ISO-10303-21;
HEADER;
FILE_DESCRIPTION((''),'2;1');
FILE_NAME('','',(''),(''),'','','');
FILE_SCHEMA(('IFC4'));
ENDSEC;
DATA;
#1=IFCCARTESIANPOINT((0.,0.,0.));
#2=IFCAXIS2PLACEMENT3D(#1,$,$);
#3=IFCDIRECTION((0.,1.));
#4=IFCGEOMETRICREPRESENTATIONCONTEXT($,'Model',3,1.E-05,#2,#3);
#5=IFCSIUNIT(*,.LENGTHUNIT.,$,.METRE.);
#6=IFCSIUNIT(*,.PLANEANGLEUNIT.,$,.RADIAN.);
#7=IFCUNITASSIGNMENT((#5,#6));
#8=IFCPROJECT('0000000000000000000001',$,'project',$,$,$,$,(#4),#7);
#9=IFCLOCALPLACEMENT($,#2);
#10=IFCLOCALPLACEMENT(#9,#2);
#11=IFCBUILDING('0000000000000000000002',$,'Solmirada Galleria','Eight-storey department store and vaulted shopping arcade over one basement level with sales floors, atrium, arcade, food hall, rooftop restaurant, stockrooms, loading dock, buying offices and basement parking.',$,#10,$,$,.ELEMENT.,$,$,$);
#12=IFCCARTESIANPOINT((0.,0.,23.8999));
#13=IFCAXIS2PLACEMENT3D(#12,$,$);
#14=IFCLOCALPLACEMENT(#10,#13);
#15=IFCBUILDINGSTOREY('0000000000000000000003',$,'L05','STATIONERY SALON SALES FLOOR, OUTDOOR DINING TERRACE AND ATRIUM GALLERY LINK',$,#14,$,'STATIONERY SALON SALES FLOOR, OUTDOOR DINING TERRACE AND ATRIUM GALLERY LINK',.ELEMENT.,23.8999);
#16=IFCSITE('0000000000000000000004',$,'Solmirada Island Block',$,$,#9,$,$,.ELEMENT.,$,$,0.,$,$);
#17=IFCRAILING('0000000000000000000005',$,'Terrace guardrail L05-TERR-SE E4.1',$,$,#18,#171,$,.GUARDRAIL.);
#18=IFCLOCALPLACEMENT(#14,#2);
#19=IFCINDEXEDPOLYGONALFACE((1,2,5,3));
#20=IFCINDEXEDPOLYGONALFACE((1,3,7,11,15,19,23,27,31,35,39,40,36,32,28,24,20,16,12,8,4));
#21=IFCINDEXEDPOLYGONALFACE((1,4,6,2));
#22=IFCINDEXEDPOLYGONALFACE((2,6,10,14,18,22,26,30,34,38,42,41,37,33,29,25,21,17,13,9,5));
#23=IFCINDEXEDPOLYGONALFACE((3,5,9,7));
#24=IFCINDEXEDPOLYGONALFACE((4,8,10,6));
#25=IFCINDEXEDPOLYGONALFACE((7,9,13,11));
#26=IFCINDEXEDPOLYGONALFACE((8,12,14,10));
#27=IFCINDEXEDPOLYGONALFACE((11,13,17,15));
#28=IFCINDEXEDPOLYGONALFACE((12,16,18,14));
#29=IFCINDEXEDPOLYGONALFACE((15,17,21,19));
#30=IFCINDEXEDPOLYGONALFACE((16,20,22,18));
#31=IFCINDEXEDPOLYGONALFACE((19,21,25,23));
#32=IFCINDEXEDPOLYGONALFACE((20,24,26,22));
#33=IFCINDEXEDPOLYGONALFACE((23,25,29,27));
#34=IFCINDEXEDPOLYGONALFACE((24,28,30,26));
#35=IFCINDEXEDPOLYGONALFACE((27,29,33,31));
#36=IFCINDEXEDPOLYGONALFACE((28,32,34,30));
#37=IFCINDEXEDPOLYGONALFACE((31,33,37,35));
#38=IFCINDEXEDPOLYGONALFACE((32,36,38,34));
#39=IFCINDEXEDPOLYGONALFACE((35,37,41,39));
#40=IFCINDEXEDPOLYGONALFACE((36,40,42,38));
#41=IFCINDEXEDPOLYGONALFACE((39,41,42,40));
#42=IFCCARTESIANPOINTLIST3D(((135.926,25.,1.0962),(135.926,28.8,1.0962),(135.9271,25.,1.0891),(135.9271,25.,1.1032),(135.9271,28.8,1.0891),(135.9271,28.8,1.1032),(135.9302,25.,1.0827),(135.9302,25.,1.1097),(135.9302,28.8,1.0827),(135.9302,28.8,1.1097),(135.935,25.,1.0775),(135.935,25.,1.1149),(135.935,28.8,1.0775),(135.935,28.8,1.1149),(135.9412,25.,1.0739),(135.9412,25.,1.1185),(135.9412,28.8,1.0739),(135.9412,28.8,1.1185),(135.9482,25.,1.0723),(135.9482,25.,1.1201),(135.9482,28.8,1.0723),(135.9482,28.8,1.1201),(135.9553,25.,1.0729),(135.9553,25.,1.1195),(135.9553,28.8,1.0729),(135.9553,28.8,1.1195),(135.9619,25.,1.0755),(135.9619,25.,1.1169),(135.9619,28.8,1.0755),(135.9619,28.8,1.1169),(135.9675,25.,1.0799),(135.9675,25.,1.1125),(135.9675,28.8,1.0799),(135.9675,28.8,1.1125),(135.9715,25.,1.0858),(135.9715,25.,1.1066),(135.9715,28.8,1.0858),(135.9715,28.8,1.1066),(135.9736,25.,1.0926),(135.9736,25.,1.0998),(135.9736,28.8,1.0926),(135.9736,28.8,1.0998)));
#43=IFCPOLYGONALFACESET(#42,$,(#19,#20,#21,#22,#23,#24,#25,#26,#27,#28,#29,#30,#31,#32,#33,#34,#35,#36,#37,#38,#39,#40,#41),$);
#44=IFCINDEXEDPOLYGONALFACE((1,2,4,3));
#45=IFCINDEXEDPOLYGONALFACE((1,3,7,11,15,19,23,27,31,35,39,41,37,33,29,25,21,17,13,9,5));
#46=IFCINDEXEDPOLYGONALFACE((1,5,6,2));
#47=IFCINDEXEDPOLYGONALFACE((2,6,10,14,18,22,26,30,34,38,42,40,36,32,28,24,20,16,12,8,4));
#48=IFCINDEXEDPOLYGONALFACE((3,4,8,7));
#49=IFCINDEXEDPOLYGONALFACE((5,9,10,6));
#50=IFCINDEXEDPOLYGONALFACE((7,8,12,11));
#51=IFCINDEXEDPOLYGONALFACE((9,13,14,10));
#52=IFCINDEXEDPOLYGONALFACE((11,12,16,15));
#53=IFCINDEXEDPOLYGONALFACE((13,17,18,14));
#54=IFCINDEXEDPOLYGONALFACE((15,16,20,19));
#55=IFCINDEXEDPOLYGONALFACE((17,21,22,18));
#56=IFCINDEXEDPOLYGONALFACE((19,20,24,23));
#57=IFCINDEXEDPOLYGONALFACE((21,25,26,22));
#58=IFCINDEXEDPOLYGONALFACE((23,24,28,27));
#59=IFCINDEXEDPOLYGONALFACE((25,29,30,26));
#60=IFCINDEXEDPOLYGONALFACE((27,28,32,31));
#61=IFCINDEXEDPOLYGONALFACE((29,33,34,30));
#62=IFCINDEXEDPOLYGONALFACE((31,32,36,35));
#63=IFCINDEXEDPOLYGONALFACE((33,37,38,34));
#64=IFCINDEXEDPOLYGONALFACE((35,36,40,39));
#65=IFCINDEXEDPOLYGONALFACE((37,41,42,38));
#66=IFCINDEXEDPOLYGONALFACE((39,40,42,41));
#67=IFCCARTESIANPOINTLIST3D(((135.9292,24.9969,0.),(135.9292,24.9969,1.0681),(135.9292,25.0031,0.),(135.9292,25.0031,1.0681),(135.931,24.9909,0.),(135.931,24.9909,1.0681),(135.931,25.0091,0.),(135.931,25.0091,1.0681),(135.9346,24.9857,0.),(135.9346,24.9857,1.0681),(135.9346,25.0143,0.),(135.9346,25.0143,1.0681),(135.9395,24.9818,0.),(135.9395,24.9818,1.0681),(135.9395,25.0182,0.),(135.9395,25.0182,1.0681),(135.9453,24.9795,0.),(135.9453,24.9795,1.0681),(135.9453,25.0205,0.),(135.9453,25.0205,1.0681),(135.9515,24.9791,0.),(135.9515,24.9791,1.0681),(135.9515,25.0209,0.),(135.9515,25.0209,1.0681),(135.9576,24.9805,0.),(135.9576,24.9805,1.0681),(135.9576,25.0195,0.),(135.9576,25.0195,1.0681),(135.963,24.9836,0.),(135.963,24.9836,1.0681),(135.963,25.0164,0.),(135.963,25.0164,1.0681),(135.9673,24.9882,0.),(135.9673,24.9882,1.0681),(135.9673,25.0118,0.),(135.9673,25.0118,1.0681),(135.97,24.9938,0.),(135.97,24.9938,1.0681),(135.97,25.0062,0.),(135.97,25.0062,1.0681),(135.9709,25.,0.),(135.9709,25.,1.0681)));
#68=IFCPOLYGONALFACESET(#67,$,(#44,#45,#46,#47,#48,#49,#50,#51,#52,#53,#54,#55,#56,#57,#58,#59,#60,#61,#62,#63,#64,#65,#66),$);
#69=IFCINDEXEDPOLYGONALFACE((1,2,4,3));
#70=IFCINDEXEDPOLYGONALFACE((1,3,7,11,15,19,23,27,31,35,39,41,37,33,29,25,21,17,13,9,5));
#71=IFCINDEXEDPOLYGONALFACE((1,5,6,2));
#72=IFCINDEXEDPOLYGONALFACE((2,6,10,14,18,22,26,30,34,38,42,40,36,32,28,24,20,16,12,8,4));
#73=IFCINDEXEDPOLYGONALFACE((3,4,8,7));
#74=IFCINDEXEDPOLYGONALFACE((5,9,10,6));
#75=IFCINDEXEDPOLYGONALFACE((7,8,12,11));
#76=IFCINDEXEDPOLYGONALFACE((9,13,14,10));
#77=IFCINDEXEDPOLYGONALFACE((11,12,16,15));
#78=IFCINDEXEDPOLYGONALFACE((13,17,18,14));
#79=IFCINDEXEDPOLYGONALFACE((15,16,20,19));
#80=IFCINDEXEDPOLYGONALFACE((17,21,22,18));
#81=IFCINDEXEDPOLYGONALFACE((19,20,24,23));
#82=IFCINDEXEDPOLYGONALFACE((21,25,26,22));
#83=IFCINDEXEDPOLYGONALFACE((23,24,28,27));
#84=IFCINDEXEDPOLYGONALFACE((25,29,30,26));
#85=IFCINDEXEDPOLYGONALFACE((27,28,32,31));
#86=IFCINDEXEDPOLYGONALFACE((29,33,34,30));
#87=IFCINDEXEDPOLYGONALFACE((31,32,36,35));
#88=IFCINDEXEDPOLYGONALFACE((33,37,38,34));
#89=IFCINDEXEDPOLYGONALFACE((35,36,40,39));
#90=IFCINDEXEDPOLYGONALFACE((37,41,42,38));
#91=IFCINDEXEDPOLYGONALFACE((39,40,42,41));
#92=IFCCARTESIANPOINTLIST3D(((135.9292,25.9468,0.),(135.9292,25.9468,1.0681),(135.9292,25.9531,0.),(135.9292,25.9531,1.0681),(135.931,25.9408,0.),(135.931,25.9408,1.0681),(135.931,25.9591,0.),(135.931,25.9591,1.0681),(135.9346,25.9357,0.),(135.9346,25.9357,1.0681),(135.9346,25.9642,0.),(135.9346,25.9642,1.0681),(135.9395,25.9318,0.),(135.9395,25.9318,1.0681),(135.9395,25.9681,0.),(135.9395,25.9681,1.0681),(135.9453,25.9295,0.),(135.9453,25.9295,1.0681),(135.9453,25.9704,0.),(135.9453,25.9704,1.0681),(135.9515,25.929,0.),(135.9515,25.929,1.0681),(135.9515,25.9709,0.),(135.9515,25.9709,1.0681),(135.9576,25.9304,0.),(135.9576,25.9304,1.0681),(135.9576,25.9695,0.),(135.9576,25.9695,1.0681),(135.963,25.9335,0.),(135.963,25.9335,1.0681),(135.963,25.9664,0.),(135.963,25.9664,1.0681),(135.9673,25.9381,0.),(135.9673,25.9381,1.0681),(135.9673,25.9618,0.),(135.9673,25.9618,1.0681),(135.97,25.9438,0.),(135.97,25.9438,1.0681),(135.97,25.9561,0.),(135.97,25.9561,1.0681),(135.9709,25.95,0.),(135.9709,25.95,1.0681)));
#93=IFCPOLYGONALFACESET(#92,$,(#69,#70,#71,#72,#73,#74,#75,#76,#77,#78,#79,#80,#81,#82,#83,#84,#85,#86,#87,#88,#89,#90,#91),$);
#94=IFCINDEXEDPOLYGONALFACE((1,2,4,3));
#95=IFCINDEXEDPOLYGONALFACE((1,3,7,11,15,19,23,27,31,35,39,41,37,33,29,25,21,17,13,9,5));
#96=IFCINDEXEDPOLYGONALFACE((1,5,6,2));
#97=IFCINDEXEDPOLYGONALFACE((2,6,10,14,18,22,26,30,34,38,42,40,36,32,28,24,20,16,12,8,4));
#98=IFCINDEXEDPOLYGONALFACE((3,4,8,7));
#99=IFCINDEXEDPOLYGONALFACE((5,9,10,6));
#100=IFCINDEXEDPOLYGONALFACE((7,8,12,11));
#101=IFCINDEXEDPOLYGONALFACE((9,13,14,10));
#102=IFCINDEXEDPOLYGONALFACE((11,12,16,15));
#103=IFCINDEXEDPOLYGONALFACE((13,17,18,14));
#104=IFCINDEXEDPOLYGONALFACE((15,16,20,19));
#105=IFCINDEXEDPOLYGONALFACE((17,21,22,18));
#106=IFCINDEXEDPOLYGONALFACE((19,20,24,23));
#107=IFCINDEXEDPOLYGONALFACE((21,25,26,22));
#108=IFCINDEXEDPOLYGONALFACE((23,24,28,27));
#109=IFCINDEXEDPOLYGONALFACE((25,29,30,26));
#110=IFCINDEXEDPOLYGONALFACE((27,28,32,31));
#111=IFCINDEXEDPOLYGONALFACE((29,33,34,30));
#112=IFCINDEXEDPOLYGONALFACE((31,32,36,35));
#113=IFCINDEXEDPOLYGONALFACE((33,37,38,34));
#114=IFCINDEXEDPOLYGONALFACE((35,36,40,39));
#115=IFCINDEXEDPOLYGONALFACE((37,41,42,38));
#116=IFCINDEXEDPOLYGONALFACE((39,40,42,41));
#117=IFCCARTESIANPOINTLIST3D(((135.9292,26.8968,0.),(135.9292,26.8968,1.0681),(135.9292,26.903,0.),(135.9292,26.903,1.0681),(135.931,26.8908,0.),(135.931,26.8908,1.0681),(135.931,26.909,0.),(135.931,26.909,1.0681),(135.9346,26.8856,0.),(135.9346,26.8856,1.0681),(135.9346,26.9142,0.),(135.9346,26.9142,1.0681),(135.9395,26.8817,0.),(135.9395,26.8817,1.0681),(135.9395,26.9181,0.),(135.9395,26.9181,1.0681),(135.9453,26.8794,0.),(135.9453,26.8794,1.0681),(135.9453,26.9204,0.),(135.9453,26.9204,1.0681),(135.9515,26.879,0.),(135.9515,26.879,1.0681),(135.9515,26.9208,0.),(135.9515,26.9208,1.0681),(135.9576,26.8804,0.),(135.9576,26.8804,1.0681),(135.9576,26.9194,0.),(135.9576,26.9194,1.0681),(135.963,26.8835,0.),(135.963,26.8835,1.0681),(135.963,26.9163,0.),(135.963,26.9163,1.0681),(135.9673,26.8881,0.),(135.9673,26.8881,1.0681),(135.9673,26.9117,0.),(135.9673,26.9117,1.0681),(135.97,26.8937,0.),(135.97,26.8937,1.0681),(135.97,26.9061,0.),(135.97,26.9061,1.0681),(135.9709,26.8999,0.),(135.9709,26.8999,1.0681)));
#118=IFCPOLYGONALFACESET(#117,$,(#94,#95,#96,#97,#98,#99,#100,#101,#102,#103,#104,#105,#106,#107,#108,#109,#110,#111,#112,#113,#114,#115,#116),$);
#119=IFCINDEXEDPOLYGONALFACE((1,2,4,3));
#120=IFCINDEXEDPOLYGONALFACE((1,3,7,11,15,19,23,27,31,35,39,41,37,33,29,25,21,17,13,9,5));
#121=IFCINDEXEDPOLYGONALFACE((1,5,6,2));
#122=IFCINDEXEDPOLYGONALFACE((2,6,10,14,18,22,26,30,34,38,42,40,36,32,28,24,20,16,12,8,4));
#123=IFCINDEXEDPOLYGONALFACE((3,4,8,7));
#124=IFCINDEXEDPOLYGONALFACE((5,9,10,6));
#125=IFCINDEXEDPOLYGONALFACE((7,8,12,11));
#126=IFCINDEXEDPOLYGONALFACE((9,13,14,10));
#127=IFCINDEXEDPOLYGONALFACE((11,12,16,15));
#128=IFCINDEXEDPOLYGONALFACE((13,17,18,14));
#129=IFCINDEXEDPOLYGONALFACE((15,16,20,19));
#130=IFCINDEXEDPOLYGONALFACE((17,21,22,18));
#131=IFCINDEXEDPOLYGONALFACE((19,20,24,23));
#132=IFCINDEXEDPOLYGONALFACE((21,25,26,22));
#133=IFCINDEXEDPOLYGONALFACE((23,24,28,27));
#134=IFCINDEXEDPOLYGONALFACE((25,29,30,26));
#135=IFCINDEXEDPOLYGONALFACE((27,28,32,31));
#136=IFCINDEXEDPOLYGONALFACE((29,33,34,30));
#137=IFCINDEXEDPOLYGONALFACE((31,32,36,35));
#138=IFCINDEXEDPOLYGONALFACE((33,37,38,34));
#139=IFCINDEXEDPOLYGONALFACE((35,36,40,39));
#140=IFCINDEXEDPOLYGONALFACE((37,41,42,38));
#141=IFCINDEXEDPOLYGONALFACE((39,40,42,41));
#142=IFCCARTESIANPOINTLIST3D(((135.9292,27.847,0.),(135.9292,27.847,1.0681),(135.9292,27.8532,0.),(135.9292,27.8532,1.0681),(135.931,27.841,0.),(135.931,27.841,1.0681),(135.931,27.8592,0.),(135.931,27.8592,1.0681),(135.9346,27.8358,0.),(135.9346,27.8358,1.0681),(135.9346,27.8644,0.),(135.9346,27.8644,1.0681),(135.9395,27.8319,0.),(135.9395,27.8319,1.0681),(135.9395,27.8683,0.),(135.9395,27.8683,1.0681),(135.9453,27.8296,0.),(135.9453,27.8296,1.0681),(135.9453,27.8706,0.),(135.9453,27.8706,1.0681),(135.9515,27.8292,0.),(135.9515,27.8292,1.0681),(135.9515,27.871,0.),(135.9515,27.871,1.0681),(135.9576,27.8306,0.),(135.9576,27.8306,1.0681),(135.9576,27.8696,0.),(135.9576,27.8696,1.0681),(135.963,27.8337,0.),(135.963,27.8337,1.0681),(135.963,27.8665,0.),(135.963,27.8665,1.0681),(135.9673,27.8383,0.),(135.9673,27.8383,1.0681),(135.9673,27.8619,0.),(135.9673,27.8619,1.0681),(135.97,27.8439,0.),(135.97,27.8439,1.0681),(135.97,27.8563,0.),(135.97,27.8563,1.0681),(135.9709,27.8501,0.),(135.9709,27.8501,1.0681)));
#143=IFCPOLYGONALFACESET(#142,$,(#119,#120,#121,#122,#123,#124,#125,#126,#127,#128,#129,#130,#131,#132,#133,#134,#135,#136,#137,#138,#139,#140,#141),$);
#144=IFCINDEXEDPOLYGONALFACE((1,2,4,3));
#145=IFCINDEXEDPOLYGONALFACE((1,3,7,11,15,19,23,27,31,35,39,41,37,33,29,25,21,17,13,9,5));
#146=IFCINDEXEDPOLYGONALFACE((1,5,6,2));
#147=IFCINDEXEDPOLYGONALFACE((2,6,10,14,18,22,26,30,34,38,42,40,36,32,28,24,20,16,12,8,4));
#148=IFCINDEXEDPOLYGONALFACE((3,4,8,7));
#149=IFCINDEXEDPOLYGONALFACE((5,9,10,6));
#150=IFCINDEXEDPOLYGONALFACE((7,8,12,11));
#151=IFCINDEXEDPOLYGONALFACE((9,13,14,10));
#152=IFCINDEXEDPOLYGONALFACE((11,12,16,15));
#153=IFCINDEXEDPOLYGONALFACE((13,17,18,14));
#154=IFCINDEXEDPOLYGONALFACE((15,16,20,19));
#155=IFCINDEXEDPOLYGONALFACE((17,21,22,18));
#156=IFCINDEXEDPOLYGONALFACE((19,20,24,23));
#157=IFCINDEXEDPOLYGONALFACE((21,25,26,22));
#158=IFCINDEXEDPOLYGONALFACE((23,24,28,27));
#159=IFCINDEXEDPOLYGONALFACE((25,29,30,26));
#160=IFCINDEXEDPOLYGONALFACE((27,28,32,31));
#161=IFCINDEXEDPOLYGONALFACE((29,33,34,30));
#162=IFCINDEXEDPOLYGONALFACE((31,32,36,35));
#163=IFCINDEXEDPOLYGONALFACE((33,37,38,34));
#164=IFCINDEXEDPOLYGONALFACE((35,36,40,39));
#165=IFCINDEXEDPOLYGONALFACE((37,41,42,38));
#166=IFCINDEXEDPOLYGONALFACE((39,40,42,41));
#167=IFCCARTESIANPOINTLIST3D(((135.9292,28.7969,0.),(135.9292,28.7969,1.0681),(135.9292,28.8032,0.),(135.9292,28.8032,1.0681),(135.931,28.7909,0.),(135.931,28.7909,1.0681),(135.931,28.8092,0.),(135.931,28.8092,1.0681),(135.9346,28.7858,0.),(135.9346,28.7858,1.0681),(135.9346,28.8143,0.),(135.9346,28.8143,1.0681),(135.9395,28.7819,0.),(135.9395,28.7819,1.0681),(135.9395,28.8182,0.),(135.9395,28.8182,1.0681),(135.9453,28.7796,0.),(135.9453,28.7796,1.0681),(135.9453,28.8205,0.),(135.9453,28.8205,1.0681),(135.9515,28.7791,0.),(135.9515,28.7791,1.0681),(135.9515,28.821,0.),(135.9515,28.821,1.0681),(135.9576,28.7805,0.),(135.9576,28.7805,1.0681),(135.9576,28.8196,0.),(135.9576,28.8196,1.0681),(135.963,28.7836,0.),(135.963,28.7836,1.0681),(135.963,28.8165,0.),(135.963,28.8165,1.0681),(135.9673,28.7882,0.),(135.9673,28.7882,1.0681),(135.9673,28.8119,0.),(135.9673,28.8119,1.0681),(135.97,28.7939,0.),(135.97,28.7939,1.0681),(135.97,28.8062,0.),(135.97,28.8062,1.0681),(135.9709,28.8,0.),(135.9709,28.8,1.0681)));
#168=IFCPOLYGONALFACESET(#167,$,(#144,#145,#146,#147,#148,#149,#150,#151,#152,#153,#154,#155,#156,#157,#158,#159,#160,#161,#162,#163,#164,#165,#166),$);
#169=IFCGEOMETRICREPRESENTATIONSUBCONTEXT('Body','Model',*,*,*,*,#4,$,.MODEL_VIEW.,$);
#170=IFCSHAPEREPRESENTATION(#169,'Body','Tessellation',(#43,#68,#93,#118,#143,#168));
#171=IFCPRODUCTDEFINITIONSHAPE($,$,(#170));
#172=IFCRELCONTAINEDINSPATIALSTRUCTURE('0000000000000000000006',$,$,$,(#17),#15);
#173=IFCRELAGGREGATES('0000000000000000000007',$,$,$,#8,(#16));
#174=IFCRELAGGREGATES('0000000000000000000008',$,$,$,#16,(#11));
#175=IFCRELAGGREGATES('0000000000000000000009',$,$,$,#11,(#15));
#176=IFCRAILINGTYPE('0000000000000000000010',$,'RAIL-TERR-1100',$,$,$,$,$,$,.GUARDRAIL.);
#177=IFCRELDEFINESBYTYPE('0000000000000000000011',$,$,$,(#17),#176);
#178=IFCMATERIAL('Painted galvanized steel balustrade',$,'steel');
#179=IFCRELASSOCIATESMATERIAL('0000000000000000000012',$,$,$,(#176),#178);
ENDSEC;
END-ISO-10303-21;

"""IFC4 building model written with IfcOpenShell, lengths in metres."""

from ifc_helpers import new_model, si_unit, direction, frame, origin, origin_2d, place, context, subcontext, project, spatial, circle, extrude, material, type_object, element, save


model = new_model("IFC4")

# Units and contexts
model_context = context("Model", 3, precision=1e-05, world=origin(), true_north=direction((0.0, 1.0)))
body_context = subcontext(model_context, "Body", "Model", "MODEL_VIEW")
ifc_project = project(units=[si_unit("LENGTHUNIT", "METRE"), si_unit("PLANEANGLEUNIT", "RADIAN")], contexts=[model_context])

# Site, building, storey
site_placement = place(None, origin())
site = spatial("IfcSite", under=ifc_project, at=site_placement, Name="Solmirada Island Block", CompositionType="ELEMENT", RefElevation=0.0)
building_placement = place(site_placement, origin())
building = spatial("IfcBuilding", under=site, at=building_placement, Name="Solmirada Galleria", Description="Eight-storey department store and vaulted shopping arcade over one basement level with sales floors, atrium, arcade, food hall, rooftop restaurant, stockrooms, loading dock, buying offices and basement parking.", CompositionType="ELEMENT")
storey_placement = place(building_placement, frame((0.0, 0.0, 23.8999)))
storey = spatial("IfcBuildingStorey", under=building, at=storey_placement, Name="L05", Description="STATIONERY SALON SALES FLOOR, OUTDOOR DINING TERRACE AND ATRIUM GALLERY LINK", LongName="STATIONERY SALON SALES FLOOR, OUTDOOR DINING TERRACE AND ATRIUM GALLERY LINK", CompositionType="ELEMENT", Elevation=23.8999)

# Railing
ifc_material_1 = material(Name="Painted galvanized steel balustrade", Category="steel")
railing_type = type_object("IfcRailingType", Name="RAIL-TERR-1100", PredefinedType="GUARDRAIL", material=ifc_material_1)
railing_1_placement = place(storey_placement, frame((135.95, 25.0, 0.0)))
element("IfcRailing", 1, at=railing_1_placement, inside=storey, type_object=railing_type, Name="Terrace guardrail L05-TERR-SE E4.1", PredefinedType="GUARDRAIL", context=body_context, shape_type="SweptSolid", body=[
    extrude(circle(Radius=0.0239, at=origin_2d()), frame((0.0, 0.0, 1.0962), z_axis=(0.0, 1.0, 0.0), x_axis=(-1.0, 0.0, 0.0)), (0.0, 0.0, 1.0), 3.8),
    extrude(circle(Radius=0.021, at=origin_2d()), origin(), (0.0, 0.0, 1.0), 1.0681),
    extrude(circle(Radius=0.021, at=origin_2d()), frame((0.0, 0.95, 0.0)), (0.0, 0.0, 1.0), 1.0681),
    extrude(circle(Radius=0.021, at=origin_2d()), frame((0.0, 1.8999, 0.0)), (0.0, 0.0, 1.0), 1.0681),
    extrude(circle(Radius=0.021, at=origin_2d()), frame((0.0, 2.8501, 0.0)), (0.0, 0.0, 1.0), 1.0681),
    extrude(circle(Radius=0.021, at=origin_2d()), frame((0.0, 3.8, 0.0)), (0.0, 0.0, 1.0), 1.0681),
])

save(model, "model.ifc")
